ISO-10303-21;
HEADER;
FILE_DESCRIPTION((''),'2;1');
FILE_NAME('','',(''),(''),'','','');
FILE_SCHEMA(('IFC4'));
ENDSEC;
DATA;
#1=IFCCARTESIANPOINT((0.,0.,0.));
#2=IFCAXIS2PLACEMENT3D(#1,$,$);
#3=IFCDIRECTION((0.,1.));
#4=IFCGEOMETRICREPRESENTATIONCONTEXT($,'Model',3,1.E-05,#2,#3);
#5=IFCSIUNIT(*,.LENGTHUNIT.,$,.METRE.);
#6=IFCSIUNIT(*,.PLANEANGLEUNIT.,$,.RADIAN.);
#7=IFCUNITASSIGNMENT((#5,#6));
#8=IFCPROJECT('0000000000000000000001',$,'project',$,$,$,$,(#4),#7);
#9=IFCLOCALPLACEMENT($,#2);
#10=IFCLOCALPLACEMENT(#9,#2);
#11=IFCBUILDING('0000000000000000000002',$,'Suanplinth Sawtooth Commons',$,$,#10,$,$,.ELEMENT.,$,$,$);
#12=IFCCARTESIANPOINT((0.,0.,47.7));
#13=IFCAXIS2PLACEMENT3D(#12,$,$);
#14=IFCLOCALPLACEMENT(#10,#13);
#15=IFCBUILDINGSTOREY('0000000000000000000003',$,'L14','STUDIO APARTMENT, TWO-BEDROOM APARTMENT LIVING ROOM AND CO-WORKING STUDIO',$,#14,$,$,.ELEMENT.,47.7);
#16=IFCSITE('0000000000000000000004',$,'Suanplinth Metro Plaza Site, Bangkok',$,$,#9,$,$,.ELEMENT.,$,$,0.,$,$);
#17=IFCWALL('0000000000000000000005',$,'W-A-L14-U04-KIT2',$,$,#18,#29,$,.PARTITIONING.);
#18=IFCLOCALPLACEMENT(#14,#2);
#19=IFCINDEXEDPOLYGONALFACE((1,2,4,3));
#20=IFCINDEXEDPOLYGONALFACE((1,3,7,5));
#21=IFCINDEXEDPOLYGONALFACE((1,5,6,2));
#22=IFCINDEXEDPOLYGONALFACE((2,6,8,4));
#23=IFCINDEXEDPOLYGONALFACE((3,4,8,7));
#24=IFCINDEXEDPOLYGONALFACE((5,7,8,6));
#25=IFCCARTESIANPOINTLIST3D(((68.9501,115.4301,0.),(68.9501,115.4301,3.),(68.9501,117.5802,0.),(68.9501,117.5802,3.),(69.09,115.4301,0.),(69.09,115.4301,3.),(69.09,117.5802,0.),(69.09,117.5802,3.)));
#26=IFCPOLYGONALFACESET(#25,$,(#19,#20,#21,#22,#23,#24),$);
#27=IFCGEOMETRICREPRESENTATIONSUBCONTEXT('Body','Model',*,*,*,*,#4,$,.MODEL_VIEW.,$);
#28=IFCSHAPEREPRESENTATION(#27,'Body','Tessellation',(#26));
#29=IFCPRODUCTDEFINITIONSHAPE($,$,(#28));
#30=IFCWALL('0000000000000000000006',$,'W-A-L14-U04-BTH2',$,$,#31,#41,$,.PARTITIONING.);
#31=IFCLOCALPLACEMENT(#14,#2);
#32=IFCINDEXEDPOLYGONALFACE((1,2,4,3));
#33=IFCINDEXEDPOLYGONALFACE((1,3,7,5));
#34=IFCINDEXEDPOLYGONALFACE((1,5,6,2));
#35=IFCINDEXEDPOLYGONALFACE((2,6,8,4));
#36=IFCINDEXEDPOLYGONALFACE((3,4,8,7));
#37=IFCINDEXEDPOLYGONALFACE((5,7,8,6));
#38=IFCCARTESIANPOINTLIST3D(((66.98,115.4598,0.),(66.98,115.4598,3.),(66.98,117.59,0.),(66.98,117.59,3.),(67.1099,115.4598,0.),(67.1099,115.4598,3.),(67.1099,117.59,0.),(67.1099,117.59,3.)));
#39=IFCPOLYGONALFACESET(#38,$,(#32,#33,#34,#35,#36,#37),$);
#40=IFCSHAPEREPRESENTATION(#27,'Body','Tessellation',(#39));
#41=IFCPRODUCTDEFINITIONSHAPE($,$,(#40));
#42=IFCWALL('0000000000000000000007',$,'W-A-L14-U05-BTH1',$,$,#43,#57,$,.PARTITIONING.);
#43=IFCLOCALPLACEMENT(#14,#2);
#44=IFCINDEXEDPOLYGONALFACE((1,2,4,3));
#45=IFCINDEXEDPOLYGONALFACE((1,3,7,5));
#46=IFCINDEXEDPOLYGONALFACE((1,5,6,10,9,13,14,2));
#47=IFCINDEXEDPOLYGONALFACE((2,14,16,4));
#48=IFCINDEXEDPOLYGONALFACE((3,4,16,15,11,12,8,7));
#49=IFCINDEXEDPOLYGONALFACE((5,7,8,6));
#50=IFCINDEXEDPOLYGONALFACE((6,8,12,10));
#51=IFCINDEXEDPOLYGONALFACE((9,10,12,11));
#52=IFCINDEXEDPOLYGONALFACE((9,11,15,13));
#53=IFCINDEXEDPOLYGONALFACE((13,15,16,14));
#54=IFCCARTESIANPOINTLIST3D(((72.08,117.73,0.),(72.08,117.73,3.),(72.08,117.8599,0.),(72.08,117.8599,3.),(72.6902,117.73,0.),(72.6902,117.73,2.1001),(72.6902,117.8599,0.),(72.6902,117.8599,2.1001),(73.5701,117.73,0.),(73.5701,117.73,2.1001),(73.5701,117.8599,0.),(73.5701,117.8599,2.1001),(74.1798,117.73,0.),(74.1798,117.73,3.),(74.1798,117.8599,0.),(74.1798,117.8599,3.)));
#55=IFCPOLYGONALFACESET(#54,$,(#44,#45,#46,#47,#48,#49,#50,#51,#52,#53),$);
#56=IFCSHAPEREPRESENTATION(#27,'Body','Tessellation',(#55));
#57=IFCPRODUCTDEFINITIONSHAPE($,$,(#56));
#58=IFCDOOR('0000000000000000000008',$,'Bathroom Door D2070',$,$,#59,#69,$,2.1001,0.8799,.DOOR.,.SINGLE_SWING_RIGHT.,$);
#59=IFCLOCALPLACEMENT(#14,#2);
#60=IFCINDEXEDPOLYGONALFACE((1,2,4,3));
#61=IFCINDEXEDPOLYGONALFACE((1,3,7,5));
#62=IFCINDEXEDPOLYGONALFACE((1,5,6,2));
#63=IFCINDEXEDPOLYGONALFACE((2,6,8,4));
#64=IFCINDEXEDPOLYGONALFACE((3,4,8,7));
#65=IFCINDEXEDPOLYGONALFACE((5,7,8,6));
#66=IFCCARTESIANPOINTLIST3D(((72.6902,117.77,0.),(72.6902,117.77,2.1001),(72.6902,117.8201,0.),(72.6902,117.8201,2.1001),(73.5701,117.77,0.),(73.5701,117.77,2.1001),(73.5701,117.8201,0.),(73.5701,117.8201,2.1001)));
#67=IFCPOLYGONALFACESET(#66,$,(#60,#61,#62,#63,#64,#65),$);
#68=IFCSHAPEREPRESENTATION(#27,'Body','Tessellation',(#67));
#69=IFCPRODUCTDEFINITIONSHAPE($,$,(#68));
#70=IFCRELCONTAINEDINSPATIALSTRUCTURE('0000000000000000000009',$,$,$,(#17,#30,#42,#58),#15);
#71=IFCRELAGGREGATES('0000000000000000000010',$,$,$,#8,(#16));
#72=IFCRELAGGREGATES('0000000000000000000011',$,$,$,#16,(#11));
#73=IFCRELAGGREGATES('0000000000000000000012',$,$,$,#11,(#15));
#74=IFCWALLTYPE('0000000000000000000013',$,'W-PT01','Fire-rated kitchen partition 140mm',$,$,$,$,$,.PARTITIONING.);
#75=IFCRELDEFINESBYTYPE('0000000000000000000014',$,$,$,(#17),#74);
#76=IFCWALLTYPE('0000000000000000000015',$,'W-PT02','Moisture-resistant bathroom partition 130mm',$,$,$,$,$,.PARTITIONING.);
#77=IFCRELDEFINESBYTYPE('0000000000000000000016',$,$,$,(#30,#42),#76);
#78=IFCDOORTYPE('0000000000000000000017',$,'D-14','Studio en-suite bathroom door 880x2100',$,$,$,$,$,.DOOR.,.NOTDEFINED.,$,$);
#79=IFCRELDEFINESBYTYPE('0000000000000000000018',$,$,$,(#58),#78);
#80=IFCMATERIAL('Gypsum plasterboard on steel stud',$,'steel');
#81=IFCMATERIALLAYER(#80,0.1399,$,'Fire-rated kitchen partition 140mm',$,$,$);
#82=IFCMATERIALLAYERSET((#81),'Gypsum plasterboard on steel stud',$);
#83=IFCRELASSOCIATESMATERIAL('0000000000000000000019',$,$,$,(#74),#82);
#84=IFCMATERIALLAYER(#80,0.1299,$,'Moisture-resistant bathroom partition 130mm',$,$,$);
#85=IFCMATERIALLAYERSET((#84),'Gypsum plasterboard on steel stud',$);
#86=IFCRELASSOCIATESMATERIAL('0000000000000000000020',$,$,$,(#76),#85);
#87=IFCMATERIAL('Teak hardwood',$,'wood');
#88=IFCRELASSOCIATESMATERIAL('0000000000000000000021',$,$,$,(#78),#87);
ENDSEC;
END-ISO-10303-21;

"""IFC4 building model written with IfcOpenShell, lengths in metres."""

from ifc_helpers import new_model, si_unit, direction, frame, frame_2d, origin, place, context, subcontext, project, spatial, rectangle, extrude, material, layer, layer_set, type_object, element, fill, save


model = new_model("IFC4")

# Units and contexts
model_context = context("Model", 3, precision=1e-05, world=origin(), true_north=direction((0.0, 1.0)))
body_context = subcontext(model_context, "Body", "Model", "MODEL_VIEW")
ifc_project = project(units=[si_unit("LENGTHUNIT", "METRE"), si_unit("PLANEANGLEUNIT", "RADIAN")], contexts=[model_context])

# Site, building, storey
site_placement = place(None, origin())
site = spatial("IfcSite", under=ifc_project, at=site_placement, Name="Suanplinth Metro Plaza Site, Bangkok", CompositionType="ELEMENT", RefElevation=0.0)
building_placement = place(site_placement, origin())
building = spatial("IfcBuilding", under=site, at=building_placement, Name="Suanplinth Sawtooth Commons", CompositionType="ELEMENT")
storey_placement = place(building_placement, frame((0.0, 0.0, 47.7)))
storey = spatial("IfcBuildingStorey", under=building, at=storey_placement, Name="L14", Description="STUDIO APARTMENT, TWO-BEDROOM APARTMENT LIVING ROOM AND CO-WORKING STUDIO", CompositionType="ELEMENT", Elevation=47.7)

# Shared definitions
ifc_material_1 = material(Name="Gypsum plasterboard on steel stud", Category="steel")
ifc_layer_1 = layer(ifc_material_1, 0.1399, Name="Fire-rated kitchen partition 140mm")
ifc_layer_set_1 = layer_set([ifc_layer_1], Name="Gypsum plasterboard on steel stud")
wall_type_1 = type_object("IfcWallType", Name="W-PT01", Description="Fire-rated kitchen partition 140mm", PredefinedType="PARTITIONING", material=ifc_layer_set_1)
ifc_material_2 = material(Name="Teak hardwood", Category="wood")

# Walls
wall_1_placement = place(storey_placement, frame((69.02, 115.4299, 0.0), z_axis=(0.0, 0.0, 1.0), x_axis=(0.0, 1.0, 0.0)))
element("IfcWall", 1, at=wall_1_placement, inside=storey, type_object=wall_type_1, Name="W-A-L14-U04-KIT2", PredefinedType="PARTITIONING", context=body_context, shape_type="SweptSolid", body=[
    extrude(rectangle(XDim=2.1501, YDim=0.1399, at=frame_2d((1.0752, 0.0))), origin(), (0.0, 0.0, 1.0), 3.0),
])
ifc_layer_2 = layer(ifc_material_1, 0.1299, Name="Moisture-resistant bathroom partition 130mm")
ifc_layer_set_2 = layer_set([ifc_layer_2], Name="Gypsum plasterboard on steel stud")
wall_type_2 = type_object("IfcWallType", Name="W-PT02", Description="Moisture-resistant bathroom partition 130mm", PredefinedType="PARTITIONING", material=ifc_layer_set_2)
wall_2_placement = place(storey_placement, frame((67.0449, 115.46, 0.0), z_axis=(0.0, 0.0, 1.0), x_axis=(0.0, 1.0, 0.0)))
element("IfcWall", 2, at=wall_2_placement, inside=storey, type_object=wall_type_2, Name="W-A-L14-U04-BTH2", PredefinedType="PARTITIONING", context=body_context, shape_type="SweptSolid", body=[
    extrude(rectangle(XDim=2.1301, YDim=0.1299, at=frame_2d((1.0649, 0.0))), origin(), (0.0, 0.0, 1.0), 3.0),
])

# Wall, opening, door
wall_3_placement = place(storey_placement, frame((72.0801, 117.7949, 0.0), z_axis=(0.0, 0.0, 1.0), x_axis=(1.0, 0.0, 0.0)))
wall_3 = element("IfcWall", 3, at=wall_3_placement, inside=storey, type_object=wall_type_2, Name="W-A-L14-U05-BTH1", PredefinedType="PARTITIONING", context=body_context, shape_type="SweptSolid", body=[
    extrude(rectangle(XDim=2.0999, YDim=0.1299, at=frame_2d((1.0498, 0.0))), origin(), (0.0, 0.0, 1.0), 3.0),
])
opening_1_placement = place(wall_3_placement, frame((0.6101, 0.0, 0.0)))
opening_1 = element("IfcOpeningElement", 4, at=opening_1_placement, cuts=wall_3, PredefinedType="OPENING", context=body_context, shape_type="SweptSolid", body=[
    extrude(rectangle(XDim=0.8799, YDim=2.1001, at=frame_2d((0.4399, 1.05))), frame((0.0, 0.0798, 0.0), z_axis=(0.0, -1.0, 0.0), x_axis=(1.0, 0.0, 0.0)), (0.0, 0.0, 1.0), 0.1597),
])
door_type_1 = type_object("IfcDoorType", Name="D-14", Description="Studio en-suite bathroom door 880x2100", OperationType="NOTDEFINED", PredefinedType="DOOR", material=ifc_material_2)
door_1_placement = place(opening_1_placement, frame((0.8799, 0.0, 0.0), z_axis=(0.0, 0.0, 1.0), x_axis=(-1.0, 0.0, 0.0)))
door_1 = element("IfcDoor", 5, at=door_1_placement, inside=storey, type_object=door_type_1, Name="Bathroom Door D2070", OperationType="SINGLE_SWING_RIGHT", OverallHeight=2.1001, OverallWidth=0.8799, PredefinedType="DOOR", context=body_context, shape_type="SweptSolid", body=[
    extrude(rectangle(XDim=0.8799, YDim=2.1001, at=frame_2d((0.4399, 1.05))), frame((0.0, 0.0249, 0.0), z_axis=(0.0, -1.0, 0.0), x_axis=(1.0, 0.0, 0.0)), (0.0, 0.0, 1.0), 0.05),
])
fill(opening_1, door_1)

save(model, "model.ifc")
